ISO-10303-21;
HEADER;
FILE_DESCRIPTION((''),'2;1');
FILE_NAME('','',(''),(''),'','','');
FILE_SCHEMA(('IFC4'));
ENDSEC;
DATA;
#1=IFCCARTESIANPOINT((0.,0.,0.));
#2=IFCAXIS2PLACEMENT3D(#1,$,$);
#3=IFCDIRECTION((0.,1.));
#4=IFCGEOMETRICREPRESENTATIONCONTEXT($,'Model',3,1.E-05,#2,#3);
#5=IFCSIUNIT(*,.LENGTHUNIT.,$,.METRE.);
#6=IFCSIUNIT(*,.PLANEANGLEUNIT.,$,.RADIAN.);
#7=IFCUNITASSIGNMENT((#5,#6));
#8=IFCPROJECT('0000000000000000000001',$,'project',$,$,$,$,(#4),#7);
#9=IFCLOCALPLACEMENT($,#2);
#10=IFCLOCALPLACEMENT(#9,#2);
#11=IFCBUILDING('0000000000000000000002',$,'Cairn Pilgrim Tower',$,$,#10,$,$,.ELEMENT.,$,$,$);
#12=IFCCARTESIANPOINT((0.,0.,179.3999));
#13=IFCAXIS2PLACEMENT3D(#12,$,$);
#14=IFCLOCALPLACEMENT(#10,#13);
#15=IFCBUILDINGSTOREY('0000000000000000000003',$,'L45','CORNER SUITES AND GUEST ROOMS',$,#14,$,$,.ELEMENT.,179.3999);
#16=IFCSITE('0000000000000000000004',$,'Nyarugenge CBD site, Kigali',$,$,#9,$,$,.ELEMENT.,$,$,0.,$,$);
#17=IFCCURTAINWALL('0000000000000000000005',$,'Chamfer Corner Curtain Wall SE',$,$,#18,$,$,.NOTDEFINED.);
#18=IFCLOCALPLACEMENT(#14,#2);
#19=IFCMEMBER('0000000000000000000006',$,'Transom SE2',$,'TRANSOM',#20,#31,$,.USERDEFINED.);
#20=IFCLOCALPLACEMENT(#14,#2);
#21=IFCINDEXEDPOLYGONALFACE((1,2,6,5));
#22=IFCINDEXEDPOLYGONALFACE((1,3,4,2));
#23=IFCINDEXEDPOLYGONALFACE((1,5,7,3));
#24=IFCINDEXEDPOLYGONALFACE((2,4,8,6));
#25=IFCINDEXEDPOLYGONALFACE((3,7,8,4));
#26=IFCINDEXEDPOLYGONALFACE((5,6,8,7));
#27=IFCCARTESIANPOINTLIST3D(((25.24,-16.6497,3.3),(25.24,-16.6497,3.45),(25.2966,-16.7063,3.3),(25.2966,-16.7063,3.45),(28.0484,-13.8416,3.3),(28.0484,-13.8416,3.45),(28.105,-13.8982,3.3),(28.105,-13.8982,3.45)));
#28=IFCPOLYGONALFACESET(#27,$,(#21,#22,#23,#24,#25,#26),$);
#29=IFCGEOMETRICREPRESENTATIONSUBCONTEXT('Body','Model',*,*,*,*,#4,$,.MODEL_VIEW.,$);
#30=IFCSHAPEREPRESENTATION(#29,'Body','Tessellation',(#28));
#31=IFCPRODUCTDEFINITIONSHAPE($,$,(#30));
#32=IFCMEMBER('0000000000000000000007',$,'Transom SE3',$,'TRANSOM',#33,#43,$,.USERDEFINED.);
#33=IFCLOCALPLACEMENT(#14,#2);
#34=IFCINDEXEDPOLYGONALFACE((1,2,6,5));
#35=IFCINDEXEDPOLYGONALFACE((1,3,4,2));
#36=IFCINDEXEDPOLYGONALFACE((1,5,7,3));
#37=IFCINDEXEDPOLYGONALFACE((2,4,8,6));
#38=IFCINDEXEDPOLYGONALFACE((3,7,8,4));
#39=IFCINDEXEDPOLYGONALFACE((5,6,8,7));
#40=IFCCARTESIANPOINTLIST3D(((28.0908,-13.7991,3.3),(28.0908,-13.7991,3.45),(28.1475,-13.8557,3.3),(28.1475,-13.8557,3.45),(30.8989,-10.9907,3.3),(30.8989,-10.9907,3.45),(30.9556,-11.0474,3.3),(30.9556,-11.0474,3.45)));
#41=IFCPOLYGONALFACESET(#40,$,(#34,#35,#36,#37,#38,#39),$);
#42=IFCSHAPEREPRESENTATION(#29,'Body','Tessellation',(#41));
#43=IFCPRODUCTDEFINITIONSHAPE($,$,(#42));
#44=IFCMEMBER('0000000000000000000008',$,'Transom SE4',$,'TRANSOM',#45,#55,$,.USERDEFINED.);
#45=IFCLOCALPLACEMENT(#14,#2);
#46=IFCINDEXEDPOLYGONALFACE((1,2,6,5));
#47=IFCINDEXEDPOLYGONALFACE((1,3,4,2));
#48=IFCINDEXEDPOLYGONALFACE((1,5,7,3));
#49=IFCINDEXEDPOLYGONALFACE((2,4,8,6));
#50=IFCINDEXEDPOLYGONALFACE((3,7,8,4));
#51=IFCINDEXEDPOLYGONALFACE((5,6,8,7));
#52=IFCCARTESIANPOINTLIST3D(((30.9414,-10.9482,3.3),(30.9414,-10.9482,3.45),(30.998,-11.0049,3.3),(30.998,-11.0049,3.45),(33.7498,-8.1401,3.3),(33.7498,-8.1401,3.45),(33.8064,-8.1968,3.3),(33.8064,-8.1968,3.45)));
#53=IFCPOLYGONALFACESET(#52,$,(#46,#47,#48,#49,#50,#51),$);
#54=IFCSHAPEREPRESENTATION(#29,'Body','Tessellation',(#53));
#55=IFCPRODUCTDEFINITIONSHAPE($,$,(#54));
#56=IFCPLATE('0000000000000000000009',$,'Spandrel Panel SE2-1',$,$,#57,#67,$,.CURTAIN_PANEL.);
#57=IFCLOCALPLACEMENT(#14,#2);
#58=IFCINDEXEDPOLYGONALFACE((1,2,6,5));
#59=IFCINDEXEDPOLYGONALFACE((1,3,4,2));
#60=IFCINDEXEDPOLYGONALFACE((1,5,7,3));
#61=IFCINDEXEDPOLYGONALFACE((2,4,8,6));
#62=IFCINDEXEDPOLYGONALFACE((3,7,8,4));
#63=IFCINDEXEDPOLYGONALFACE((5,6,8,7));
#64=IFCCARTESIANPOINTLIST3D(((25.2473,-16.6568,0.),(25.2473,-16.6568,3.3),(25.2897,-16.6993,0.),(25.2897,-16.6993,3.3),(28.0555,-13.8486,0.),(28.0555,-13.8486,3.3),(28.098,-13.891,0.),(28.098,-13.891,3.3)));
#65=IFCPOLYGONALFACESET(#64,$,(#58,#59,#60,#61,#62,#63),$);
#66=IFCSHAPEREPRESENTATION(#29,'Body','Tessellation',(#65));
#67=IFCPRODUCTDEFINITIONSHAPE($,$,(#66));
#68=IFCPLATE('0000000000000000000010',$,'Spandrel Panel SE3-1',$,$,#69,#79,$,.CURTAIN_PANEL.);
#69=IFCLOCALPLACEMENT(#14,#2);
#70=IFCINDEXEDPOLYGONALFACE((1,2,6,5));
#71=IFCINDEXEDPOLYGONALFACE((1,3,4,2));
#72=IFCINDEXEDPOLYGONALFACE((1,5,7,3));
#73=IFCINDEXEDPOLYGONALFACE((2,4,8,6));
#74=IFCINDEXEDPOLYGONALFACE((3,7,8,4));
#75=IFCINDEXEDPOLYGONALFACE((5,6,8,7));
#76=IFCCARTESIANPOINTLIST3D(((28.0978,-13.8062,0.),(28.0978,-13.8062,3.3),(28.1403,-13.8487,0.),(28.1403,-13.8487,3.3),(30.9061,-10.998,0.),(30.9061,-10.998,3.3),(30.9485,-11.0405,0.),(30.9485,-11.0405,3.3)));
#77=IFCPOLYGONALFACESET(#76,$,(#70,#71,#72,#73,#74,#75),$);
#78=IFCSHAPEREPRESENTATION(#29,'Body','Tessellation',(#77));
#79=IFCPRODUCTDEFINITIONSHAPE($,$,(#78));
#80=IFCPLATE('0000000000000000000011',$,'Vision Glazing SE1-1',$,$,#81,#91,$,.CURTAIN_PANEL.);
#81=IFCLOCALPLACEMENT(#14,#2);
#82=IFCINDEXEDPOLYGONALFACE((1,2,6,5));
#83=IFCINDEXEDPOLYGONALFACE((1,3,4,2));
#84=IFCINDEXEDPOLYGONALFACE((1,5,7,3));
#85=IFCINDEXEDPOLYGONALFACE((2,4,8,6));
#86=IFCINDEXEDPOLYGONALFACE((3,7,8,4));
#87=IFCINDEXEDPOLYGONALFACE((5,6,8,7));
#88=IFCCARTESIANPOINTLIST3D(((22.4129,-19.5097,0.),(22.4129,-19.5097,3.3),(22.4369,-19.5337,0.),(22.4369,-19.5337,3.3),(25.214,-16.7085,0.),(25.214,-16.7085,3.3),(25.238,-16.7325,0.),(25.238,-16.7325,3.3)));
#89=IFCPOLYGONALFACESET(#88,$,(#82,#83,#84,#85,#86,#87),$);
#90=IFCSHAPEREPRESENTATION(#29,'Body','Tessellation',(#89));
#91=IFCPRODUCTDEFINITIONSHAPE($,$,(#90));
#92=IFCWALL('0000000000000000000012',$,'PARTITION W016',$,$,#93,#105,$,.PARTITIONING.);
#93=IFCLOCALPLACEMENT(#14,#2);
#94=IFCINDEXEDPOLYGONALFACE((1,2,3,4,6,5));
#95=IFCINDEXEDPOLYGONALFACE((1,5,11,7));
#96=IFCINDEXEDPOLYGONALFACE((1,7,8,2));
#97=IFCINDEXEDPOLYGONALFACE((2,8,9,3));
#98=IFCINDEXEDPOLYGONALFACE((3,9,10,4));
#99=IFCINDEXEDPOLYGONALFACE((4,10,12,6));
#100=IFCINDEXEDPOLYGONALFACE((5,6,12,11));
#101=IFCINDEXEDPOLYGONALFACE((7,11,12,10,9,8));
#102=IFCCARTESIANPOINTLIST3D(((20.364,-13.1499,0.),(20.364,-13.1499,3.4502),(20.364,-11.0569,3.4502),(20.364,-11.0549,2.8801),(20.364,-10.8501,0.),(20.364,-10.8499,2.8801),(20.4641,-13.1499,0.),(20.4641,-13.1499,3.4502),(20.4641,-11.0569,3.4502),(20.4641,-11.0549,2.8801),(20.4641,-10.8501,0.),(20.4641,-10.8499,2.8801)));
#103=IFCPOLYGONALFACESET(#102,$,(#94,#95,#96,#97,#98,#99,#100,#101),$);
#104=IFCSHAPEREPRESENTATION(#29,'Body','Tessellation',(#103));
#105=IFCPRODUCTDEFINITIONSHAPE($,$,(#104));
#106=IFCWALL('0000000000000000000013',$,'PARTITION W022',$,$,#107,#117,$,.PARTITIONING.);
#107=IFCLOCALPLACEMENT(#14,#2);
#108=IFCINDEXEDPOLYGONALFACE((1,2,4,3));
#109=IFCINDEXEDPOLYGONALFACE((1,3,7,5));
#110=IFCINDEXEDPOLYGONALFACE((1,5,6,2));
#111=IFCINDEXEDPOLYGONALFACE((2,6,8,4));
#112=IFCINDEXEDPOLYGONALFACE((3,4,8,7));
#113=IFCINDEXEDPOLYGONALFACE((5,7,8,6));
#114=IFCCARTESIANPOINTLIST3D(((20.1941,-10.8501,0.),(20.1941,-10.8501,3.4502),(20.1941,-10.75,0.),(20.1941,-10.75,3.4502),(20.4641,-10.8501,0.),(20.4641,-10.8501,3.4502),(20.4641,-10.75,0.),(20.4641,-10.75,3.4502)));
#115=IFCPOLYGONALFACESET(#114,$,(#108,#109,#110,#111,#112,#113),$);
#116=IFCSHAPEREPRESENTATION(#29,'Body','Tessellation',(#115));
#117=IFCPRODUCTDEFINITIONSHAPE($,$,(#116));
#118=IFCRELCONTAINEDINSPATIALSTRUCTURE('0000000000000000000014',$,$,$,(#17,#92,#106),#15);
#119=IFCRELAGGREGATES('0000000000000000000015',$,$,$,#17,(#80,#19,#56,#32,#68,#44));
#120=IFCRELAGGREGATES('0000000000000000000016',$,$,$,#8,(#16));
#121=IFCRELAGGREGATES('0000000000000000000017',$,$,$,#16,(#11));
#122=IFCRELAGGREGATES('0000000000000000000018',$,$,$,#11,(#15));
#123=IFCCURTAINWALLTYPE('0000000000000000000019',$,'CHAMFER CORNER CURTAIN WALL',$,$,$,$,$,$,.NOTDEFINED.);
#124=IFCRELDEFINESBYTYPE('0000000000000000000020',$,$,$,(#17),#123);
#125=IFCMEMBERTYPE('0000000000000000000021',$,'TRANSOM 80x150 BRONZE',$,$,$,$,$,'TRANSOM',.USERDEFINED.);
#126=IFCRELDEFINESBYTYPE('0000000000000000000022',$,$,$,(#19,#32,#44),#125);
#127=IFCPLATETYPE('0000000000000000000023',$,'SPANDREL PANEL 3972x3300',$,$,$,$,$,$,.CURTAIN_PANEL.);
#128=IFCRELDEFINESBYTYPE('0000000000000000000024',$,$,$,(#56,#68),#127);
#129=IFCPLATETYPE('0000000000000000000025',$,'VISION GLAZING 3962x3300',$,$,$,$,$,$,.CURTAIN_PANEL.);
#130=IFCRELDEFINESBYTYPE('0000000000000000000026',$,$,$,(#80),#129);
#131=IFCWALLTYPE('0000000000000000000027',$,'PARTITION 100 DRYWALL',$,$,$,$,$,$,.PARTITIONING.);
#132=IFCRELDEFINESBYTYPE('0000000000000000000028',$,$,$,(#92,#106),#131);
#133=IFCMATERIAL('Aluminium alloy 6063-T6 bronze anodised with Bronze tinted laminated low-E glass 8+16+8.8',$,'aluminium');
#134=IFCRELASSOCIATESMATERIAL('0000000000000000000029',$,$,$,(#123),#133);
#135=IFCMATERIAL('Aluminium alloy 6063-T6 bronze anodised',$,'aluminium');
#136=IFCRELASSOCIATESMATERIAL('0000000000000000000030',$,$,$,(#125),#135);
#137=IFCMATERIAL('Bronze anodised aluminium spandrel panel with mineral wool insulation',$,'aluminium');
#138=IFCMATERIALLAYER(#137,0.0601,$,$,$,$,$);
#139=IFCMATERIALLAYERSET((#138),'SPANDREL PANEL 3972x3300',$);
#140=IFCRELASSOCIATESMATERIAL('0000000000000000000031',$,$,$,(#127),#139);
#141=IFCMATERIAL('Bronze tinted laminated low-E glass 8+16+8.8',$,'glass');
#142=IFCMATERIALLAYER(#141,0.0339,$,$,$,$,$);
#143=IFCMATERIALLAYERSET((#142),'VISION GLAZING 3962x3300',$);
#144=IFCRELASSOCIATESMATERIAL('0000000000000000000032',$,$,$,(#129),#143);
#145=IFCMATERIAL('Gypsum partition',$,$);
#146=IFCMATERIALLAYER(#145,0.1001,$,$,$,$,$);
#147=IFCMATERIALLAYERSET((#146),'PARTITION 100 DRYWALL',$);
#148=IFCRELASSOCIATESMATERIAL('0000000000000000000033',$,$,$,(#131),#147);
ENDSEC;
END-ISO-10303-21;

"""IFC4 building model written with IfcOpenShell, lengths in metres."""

from ifc_helpers import new_model, si_unit, direction, frame, frame_2d, origin, origin_2d, place, context, subcontext, project, spatial, polyline, rectangle, outline, extrude, material, layer, layer_set, material_profile, profile_set, type_object, element, aggregate, save


model = new_model("IFC4")

# Units and contexts
model_context = context("Model", 3, precision=1e-05, world=origin(), true_north=direction((0.0, 1.0)))
body_context = subcontext(model_context, "Body", "Model", "MODEL_VIEW")
ifc_project = project(units=[si_unit("LENGTHUNIT", "METRE"), si_unit("PLANEANGLEUNIT", "RADIAN")], contexts=[model_context])

# Site, building, storey
site_placement = place(None, origin())
site = spatial("IfcSite", under=ifc_project, at=site_placement, Name="Nyarugenge CBD site, Kigali", CompositionType="ELEMENT", RefElevation=0.0)
building_placement = place(site_placement, origin())
building = spatial("IfcBuilding", under=site, at=building_placement, Name="Cairn Pilgrim Tower", CompositionType="ELEMENT")
storey_placement = place(building_placement, frame((0.0, 0.0, 179.3999)))
storey = spatial("IfcBuildingStorey", under=building, at=storey_placement, Name="L45", Description="CORNER SUITES AND GUEST ROOMS", CompositionType="ELEMENT", Elevation=179.3999)

# Curtain wall
ifc_material_1 = material(Name="Aluminium alloy 6063-T6 bronze anodised with Bronze tinted laminated low-E glass 8+16+8.8", Category="aluminium")
curtain_wall_type = type_object("IfcCurtainWallType", Name="CHAMFER CORNER CURTAIN WALL", PredefinedType="NOTDEFINED", material=ifc_material_1)
curtain_wall_placement = place(storey_placement, origin())
curtain_wall = element("IfcCurtainWall", 1, at=curtain_wall_placement, inside=storey, type_object=curtain_wall_type, Name="Chamfer Corner Curtain Wall SE", PredefinedType="NOTDEFINED")
ifc_material_2 = material(Name="Aluminium alloy 6063-T6 bronze anodised", Category="aluminium")

# Members
ifc_material_profile_1 = material_profile(ifc_material_2, rectangle(XDim=0.0801, YDim=0.1499, at=origin_2d()), Name="TRANSOM 80x150 BRONZE")
ifc_profile_set_1 = profile_set([ifc_material_profile_1], Name="Aluminium alloy 6063-T6 bronze anodised")
member_type_1 = type_object("IfcMemberType", Name="TRANSOM 80x150 BRONZE", ElementType="TRANSOM", PredefinedType="USERDEFINED", material=ifc_profile_set_1)
member_1_placement = place(storey_placement, frame((25.2683, -16.678, 3.375), z_axis=(0.707138, 0.707076, 0.0), x_axis=(-0.707076, 0.707138, 0.0)))
member_1 = element("IfcMember", 2, at=member_1_placement, type_object=member_type_1, Name="Transom SE2", ObjectType="TRANSOM", PredefinedType="USERDEFINED", context=body_context, shape_type="SweptSolid", body=[
    extrude(rectangle(XDim=0.0801, YDim=0.1499, at=origin_2d()), origin(), (0.0, 0.0, 1.0), 3.9714),
])
member_2_placement = place(storey_placement, frame((28.1191, -13.8274, 3.375), z_axis=(0.707076, 0.707138, 0.0), x_axis=(-0.707138, 0.707076, 0.0)))
member_2 = element("IfcMember", 3, at=member_2_placement, type_object=member_type_1, Name="Transom SE3", ObjectType="TRANSOM", PredefinedType="USERDEFINED", context=body_context, shape_type="SweptSolid", body=[
    extrude(rectangle(XDim=0.0801, YDim=0.1499, at=origin_2d()), origin(), (0.0, 0.0, 1.0), 3.9714),
])
member_3_placement = place(storey_placement, frame((30.9697, -10.9766, 3.375), z_axis=(0.707138, 0.707076, 0.0), x_axis=(-0.707076, 0.707138, 0.0)))
member_3 = element("IfcMember", 4, at=member_3_placement, type_object=member_type_1, Name="Transom SE4", ObjectType="TRANSOM", PredefinedType="USERDEFINED", context=body_context, shape_type="SweptSolid", body=[
    extrude(rectangle(XDim=0.0801, YDim=0.1499, at=origin_2d()), origin(), (0.0, 0.0, 1.0), 3.9714),
])

# Plates
ifc_material_3 = material(Name="Bronze anodised aluminium spandrel panel with mineral wool insulation", Category="aluminium")
ifc_layer_1 = layer(ifc_material_3, 0.0601)
ifc_layer_set_1 = layer_set([ifc_layer_1], Name="SPANDREL PANEL 3972x3300")
plate_type_1 = type_object("IfcPlateType", Name="SPANDREL PANEL 3972x3300", PredefinedType="CURTAIN_PANEL", material=ifc_layer_set_1)
plate_1_placement = place(storey_placement, frame((26.6726, -15.2739, 0.0), z_axis=(0.0, 0.0, 1.0), x_axis=(0.707107, 0.707107, 0.0)))
plate_1 = element("IfcPlate", 5, at=plate_1_placement, type_object=plate_type_1, Name="Spandrel Panel SE2-1", PredefinedType="CURTAIN_PANEL", context=body_context, shape_type="SweptSolid", body=[
    extrude(rectangle(XDim=3.9714, YDim=0.0601, at=origin_2d()), origin(), (0.0, 0.0, 1.0), 3.3),
])
plate_2_placement = place(storey_placement, frame((29.5232, -12.4233, 0.0), z_axis=(0.0, 0.0, 1.0), x_axis=(0.707107, 0.707107, 0.0)))
plate_2 = element("IfcPlate", 6, at=plate_2_placement, type_object=plate_type_1, Name="Spandrel Panel SE3-1", PredefinedType="CURTAIN_PANEL", context=body_context, shape_type="SweptSolid", body=[
    extrude(rectangle(XDim=3.9714, YDim=0.0601, at=origin_2d()), origin(), (0.0, 0.0, 1.0), 3.3),
])
ifc_material_4 = material(Name="Bronze tinted laminated low-E glass 8+16+8.8", Category="glass")
ifc_layer_2 = layer(ifc_material_4, 0.0339)
ifc_layer_set_2 = layer_set([ifc_layer_2], Name="VISION GLAZING 3962x3300")
plate_type_2 = type_object("IfcPlateType", Name="VISION GLAZING 3962x3300", PredefinedType="CURTAIN_PANEL", material=ifc_layer_set_2)
plate_3_placement = place(storey_placement, frame((23.8254, -18.1211, 0.0), z_axis=(0.0, 0.0, 1.0), x_axis=(0.707107, 0.707107, 0.0)))
plate_3 = element("IfcPlate", 7, at=plate_3_placement, type_object=plate_type_2, Name="Vision Glazing SE1-1", PredefinedType="CURTAIN_PANEL", context=body_context, shape_type="SweptSolid", body=[
    extrude(rectangle(XDim=3.9614, YDim=0.0339, at=origin_2d()), origin(), (0.0, 0.0, 1.0), 3.3),
])
aggregate(curtain_wall, [plate_3, member_1, plate_1, member_2, plate_2, member_3])

# Walls
ifc_material_5 = material(Name="Gypsum partition")
ifc_layer_3 = layer(ifc_material_5, 0.1001)
ifc_layer_set_3 = layer_set([ifc_layer_3], Name="PARTITION 100 DRYWALL")
wall_type_1 = type_object("IfcWallType", Name="PARTITION 100 DRYWALL", PredefinedType="PARTITIONING", material=ifc_layer_set_3)
wall_1_placement = place(storey_placement, frame((20.4141, -13.1499, 0.0), z_axis=(0.0, 0.0, 1.0), x_axis=(0.0, 1.0, 0.0)))
element("IfcWall", 8, at=wall_1_placement, inside=storey, type_object=wall_type_1, Name="PARTITION W016", PredefinedType="PARTITIONING", context=body_context, shape_type="SweptSolid", body=[
    extrude(outline(polyline([(0.0, 0.0), (2.2998, 0.0), (2.3, 2.8801), (2.095, 2.8801), (2.093, 3.4502), (0.0, 3.4502), (0.0, 0.0)])), frame((0.0, 0.05, 0.0), z_axis=(0.0, -1.0, 0.0), x_axis=(1.0, 0.0, 0.0)), (0.0, 0.0, 1.0), 0.1001),
])
wall_2_placement = place(storey_placement, frame((20.1941, -10.8, 0.0), z_axis=(0.0, 0.0, 1.0), x_axis=(1.0, 0.0, 0.0)))
element("IfcWall", 9, at=wall_2_placement, inside=storey, type_object=wall_type_1, Name="PARTITION W022", PredefinedType="PARTITIONING", context=body_context, shape_type="SweptSolid", body=[
    extrude(rectangle(XDim=0.27, YDim=0.1001, at=frame_2d((0.135, 0.0))), origin(), (0.0, 0.0, 1.0), 3.4502),
])

save(model, "model.ifc")
